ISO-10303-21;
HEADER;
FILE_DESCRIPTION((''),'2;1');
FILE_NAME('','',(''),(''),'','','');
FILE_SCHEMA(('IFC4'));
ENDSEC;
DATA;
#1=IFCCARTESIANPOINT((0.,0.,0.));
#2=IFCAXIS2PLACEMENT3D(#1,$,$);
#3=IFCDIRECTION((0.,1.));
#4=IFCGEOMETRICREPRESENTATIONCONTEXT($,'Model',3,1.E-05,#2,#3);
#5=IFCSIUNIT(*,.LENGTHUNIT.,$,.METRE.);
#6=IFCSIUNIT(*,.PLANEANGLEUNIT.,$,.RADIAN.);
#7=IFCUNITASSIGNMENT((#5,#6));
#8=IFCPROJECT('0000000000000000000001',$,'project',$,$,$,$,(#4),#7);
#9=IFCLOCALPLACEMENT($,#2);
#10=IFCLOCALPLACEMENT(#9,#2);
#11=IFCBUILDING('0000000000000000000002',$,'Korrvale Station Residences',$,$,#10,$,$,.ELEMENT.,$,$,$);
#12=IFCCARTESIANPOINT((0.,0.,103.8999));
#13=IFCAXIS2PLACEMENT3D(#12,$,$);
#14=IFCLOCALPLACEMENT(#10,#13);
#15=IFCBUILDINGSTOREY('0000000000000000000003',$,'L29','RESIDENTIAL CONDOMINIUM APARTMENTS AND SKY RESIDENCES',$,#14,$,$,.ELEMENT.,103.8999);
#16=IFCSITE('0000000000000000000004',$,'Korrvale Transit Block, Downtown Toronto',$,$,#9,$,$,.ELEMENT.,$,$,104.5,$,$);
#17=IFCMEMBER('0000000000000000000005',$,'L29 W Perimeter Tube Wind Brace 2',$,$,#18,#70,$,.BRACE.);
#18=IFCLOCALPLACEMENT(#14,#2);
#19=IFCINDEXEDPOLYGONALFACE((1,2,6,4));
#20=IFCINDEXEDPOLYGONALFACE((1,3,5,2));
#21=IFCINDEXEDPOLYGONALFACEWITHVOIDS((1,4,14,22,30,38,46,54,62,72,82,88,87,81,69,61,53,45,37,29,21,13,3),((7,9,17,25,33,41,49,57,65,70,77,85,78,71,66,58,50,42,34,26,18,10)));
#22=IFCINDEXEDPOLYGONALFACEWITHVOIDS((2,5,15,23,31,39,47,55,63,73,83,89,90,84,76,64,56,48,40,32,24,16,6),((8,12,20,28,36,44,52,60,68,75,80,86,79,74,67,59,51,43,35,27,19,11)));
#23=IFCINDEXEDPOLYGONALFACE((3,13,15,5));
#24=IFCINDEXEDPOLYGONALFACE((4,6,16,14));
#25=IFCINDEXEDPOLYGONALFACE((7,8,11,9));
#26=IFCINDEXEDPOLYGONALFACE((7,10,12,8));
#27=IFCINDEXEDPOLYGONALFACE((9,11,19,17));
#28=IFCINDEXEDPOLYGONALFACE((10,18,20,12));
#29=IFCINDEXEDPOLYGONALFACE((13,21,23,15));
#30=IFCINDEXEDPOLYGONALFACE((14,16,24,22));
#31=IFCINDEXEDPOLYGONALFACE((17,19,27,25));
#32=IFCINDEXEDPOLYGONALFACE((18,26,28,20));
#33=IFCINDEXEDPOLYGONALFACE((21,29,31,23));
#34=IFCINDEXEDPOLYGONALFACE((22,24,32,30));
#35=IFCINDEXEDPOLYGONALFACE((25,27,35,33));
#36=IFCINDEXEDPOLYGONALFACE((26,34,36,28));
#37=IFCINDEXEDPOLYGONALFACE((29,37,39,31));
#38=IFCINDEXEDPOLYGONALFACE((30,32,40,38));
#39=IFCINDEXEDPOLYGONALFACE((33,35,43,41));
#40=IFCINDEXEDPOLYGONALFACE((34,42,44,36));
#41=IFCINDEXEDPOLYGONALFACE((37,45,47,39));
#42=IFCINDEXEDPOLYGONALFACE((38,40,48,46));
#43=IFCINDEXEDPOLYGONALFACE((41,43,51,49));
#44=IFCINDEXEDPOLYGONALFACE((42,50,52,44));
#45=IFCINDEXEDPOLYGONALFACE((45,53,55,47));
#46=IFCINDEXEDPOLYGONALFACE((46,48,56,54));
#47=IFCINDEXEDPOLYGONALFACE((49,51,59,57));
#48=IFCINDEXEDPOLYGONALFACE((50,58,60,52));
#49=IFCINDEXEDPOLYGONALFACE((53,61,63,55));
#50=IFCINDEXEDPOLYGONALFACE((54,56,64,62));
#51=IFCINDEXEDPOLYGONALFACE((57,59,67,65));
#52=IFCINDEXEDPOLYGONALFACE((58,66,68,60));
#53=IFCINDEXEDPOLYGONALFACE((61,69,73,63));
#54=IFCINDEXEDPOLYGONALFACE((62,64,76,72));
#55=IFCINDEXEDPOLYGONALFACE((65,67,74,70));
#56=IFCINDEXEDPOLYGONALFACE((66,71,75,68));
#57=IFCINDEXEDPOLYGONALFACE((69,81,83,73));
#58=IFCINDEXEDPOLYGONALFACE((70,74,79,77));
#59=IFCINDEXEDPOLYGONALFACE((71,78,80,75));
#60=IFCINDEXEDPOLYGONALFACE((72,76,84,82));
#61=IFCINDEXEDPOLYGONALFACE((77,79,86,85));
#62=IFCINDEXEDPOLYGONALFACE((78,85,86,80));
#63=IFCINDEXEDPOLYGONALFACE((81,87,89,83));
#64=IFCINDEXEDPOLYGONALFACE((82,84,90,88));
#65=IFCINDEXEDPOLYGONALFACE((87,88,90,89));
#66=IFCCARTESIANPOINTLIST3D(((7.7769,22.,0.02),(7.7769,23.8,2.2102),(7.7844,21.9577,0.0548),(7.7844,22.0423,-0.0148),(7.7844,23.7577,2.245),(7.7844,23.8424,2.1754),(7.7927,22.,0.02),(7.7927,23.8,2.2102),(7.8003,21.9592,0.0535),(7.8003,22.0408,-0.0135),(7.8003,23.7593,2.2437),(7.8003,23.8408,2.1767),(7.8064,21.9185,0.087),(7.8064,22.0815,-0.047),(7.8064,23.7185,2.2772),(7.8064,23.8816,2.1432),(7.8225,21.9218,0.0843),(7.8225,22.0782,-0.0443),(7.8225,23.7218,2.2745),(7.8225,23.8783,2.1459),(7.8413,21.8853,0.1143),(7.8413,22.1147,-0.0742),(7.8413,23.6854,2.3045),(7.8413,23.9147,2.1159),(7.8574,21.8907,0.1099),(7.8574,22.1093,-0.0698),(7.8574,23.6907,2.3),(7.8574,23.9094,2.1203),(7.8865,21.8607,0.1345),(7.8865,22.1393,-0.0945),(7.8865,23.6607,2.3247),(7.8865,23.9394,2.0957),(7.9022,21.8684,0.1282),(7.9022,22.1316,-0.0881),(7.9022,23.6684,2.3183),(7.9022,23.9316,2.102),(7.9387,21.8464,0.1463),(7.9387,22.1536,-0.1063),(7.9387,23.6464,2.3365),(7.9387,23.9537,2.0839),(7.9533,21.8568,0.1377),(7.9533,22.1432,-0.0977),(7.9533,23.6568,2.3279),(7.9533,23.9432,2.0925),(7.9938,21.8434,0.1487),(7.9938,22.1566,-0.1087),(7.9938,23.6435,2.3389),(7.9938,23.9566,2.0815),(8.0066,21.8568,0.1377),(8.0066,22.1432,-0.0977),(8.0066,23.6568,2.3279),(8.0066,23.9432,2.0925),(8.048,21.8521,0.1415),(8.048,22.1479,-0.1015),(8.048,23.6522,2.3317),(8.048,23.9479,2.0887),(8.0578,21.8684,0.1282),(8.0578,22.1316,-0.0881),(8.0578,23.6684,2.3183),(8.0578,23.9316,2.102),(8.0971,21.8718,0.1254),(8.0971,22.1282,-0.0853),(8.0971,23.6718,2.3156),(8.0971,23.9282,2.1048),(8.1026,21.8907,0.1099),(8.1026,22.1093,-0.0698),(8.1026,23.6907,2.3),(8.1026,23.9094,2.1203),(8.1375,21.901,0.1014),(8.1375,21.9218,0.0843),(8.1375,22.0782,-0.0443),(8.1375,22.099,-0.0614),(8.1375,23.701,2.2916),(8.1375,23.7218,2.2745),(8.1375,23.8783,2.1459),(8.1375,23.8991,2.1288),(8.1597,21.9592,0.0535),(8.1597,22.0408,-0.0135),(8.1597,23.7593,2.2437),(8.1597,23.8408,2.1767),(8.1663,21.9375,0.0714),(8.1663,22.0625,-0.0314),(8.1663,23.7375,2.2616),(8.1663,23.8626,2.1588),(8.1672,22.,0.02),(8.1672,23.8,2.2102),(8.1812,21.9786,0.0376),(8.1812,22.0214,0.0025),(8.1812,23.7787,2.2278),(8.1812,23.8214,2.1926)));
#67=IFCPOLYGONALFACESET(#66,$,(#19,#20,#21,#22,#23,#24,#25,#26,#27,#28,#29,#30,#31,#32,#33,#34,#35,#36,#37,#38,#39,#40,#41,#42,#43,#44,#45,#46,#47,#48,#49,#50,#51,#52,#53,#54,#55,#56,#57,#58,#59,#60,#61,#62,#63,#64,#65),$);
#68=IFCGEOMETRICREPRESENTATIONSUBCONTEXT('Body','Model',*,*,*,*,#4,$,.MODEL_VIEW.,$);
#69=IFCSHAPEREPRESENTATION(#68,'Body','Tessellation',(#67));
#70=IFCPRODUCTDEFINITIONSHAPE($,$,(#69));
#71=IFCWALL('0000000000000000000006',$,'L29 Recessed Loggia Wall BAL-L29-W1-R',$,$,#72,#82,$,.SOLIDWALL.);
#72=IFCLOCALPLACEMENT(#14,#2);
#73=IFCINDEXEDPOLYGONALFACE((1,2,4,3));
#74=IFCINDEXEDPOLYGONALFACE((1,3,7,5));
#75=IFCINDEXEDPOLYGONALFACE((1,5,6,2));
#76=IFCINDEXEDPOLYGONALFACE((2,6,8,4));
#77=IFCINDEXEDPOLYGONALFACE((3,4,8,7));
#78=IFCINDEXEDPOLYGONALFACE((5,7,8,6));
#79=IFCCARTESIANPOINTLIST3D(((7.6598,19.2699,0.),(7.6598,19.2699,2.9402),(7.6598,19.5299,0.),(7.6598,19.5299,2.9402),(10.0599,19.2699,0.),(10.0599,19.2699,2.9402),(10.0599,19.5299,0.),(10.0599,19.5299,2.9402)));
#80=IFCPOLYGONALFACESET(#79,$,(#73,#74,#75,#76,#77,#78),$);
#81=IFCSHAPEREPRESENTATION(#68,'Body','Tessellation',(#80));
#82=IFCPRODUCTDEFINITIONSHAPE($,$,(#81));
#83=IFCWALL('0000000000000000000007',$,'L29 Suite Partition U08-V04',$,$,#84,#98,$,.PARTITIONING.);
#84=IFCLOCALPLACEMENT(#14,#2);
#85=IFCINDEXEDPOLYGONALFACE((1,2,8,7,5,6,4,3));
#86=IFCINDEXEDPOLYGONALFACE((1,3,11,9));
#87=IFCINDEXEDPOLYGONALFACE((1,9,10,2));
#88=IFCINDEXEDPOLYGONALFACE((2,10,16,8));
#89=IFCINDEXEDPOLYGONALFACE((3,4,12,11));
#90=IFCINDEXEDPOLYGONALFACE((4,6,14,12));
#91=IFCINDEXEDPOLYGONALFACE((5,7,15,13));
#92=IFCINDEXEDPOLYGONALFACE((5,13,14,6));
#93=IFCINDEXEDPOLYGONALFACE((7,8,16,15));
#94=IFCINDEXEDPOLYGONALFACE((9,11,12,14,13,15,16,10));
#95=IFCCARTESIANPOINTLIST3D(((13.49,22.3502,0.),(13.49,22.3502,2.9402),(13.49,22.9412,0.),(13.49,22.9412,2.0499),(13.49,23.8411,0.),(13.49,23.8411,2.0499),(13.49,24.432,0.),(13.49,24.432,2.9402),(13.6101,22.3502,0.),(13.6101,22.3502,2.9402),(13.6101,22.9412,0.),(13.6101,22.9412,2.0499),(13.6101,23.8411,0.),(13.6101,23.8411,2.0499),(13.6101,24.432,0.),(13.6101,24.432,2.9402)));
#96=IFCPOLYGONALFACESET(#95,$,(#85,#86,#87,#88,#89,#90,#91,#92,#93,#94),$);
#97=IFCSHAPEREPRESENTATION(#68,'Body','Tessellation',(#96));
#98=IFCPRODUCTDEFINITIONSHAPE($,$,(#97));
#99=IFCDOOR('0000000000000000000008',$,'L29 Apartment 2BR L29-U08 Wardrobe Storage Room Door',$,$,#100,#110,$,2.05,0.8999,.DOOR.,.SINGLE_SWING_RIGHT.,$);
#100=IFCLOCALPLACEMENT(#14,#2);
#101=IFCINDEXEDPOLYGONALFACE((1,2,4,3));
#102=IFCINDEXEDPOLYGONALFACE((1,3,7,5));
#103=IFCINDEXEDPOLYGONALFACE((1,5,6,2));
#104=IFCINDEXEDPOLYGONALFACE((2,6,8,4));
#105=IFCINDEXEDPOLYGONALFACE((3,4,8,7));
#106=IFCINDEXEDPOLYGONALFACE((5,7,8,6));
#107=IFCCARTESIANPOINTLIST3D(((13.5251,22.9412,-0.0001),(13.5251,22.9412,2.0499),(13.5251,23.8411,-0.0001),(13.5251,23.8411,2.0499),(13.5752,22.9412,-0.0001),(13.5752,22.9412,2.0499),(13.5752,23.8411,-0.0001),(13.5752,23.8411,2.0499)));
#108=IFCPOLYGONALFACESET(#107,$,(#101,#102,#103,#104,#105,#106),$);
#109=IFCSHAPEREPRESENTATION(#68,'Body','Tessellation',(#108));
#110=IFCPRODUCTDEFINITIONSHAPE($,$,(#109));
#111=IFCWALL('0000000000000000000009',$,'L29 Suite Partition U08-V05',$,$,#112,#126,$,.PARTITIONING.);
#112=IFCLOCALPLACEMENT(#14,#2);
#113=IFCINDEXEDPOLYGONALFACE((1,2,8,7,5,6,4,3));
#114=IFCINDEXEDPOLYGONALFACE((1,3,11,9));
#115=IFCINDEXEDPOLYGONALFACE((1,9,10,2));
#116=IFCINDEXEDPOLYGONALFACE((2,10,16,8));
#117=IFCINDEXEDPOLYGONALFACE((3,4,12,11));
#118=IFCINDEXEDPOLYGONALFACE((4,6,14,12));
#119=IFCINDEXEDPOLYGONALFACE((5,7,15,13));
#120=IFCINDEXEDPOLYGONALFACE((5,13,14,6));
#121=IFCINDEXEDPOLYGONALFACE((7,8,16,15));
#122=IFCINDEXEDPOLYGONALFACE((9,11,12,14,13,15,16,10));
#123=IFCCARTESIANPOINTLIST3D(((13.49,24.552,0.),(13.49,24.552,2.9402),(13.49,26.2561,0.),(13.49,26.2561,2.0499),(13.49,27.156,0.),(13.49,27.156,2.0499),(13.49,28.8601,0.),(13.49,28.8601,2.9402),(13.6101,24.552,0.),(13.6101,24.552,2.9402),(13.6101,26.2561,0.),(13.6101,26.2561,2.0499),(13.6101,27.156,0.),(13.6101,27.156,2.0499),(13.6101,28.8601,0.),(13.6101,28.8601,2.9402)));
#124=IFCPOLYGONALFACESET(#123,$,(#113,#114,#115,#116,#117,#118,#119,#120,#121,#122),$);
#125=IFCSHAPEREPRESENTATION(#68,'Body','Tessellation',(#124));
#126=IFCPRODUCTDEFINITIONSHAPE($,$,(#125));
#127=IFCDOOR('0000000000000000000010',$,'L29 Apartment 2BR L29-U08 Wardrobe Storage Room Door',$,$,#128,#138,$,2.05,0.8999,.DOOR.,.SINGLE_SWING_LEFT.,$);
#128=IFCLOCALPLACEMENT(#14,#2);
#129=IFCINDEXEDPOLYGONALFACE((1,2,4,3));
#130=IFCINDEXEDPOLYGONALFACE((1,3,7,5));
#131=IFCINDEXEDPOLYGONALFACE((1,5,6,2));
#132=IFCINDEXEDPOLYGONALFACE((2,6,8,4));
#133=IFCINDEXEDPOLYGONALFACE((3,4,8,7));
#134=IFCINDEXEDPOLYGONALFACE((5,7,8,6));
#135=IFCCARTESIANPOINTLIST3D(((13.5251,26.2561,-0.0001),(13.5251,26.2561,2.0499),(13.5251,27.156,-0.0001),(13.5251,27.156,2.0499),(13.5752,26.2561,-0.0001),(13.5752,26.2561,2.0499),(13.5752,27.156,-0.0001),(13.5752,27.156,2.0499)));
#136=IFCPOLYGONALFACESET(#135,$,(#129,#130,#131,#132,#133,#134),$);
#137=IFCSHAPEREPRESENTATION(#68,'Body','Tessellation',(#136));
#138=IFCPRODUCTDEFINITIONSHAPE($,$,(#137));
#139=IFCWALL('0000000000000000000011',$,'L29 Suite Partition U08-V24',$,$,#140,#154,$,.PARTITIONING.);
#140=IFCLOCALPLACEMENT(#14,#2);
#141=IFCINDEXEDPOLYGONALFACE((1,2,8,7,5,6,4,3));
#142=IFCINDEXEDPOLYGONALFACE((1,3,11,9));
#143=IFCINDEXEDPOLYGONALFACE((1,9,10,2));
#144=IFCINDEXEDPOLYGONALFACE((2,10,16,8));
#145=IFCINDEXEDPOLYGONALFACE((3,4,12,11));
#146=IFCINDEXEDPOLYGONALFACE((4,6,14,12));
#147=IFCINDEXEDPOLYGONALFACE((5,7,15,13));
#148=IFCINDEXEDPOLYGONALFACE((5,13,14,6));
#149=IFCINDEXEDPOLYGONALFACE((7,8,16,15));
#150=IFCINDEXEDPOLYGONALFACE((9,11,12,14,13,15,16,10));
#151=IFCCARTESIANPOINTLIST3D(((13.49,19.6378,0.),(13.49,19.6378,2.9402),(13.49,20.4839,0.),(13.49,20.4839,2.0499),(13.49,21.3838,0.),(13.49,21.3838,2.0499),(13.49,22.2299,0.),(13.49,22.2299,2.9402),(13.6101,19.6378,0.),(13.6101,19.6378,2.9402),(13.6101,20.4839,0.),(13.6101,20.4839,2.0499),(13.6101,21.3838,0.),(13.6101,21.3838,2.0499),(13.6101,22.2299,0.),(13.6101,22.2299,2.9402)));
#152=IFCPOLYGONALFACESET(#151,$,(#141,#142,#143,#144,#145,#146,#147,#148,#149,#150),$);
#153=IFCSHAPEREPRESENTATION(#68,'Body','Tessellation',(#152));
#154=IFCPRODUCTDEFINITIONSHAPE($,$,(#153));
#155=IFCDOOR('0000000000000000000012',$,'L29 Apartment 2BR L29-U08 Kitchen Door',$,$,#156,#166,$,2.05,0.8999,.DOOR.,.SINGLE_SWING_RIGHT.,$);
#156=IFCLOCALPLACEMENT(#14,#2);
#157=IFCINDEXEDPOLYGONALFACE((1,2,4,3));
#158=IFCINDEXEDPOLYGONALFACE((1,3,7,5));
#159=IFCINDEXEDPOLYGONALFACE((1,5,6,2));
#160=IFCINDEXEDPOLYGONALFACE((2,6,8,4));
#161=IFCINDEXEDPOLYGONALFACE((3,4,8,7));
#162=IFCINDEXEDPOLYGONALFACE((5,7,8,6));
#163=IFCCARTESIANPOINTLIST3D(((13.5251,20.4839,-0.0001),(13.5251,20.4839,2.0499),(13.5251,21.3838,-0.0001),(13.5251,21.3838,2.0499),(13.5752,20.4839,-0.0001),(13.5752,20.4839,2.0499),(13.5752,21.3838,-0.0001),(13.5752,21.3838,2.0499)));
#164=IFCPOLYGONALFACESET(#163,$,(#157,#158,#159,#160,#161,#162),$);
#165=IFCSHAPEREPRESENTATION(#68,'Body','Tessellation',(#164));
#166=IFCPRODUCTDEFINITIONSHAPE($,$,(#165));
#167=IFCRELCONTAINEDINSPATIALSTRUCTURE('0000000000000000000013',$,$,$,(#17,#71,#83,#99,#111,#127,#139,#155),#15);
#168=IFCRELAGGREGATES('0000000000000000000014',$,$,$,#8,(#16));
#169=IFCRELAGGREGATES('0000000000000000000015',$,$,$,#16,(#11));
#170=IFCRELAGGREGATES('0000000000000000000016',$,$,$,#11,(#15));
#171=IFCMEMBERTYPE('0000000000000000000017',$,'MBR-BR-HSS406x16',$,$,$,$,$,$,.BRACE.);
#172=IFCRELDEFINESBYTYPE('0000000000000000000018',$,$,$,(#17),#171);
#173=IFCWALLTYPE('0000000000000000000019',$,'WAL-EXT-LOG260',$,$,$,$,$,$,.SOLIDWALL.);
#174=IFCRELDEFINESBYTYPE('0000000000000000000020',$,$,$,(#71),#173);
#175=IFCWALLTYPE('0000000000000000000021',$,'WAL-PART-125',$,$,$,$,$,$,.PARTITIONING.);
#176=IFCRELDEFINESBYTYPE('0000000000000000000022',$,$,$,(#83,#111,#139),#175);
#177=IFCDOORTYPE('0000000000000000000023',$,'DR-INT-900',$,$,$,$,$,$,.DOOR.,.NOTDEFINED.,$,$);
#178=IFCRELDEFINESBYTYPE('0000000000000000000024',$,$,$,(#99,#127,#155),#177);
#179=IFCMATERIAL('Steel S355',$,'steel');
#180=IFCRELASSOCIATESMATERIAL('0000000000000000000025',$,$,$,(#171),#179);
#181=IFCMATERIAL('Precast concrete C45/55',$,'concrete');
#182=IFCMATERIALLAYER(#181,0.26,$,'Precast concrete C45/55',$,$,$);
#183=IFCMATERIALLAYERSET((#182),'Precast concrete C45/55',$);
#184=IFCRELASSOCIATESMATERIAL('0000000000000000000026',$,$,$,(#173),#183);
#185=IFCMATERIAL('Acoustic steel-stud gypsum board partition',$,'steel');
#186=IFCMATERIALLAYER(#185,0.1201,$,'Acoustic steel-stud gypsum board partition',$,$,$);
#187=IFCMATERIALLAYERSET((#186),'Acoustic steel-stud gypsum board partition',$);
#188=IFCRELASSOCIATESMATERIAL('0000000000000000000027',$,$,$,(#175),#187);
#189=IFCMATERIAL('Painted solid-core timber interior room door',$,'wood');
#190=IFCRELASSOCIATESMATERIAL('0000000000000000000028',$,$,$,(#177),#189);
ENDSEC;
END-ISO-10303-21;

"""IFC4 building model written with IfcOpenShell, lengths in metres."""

from ifc_helpers import new_model, si_unit, direction, frame, frame_2d, origin, origin_2d, place, context, subcontext, project, spatial, rectangle, hollow_circle, extrude, material, layer, layer_set, material_profile, profile_set, type_object, element, fill, save


model = new_model("IFC4")

# Units and contexts
model_context = context("Model", 3, precision=1e-05, world=origin(), true_north=direction((0.0, 1.0)))
body_context = subcontext(model_context, "Body", "Model", "MODEL_VIEW")
ifc_project = project(units=[si_unit("LENGTHUNIT", "METRE"), si_unit("PLANEANGLEUNIT", "RADIAN")], contexts=[model_context])

# Site, building, storey
site_placement = place(None, origin())
site = spatial("IfcSite", under=ifc_project, at=site_placement, Name="Korrvale Transit Block, Downtown Toronto", CompositionType="ELEMENT", RefElevation=104.5)
building_placement = place(site_placement, origin())
building = spatial("IfcBuilding", under=site, at=building_placement, Name="Korrvale Station Residences", CompositionType="ELEMENT")
storey_placement = place(building_placement, frame((0.0, 0.0, 103.8999)))
storey = spatial("IfcBuildingStorey", under=building, at=storey_placement, Name="L29", Description="RESIDENTIAL CONDOMINIUM APARTMENTS AND SKY RESIDENCES", CompositionType="ELEMENT", Elevation=103.8999)

# Shared definitions
ifc_material_1 = material(Name="Steel S355", Category="steel")

# Member
ifc_material_profile_1 = material_profile(ifc_material_1, hollow_circle(Radius=0.2031, WallThickness=0.0159, at=origin_2d()), Name="HSS406x16")
ifc_profile_set_1 = profile_set([ifc_material_profile_1], Name="Steel S355")
member_type = type_object("IfcMemberType", Name="MBR-BR-HSS406x16", PredefinedType="BRACE", material=ifc_profile_set_1)
for number, where, z_axis, x_axis, name in (
    (1, (7.98, 22.0, 0.02), (0.0, 0.634943, 0.772559), (-1.0, 0.0, 0.0), "L29 W Perimeter Tube Wind Brace 2"),
):
    element("IfcMember", number, at=place(storey_placement, frame(where, z_axis=z_axis, x_axis=x_axis)), inside=storey, type_object=member_type, Name=name, PredefinedType="BRACE", context=body_context, shape_type="SweptSolid", body=[
        extrude(hollow_circle(Radius=0.2031, WallThickness=0.0159, at=origin_2d()), origin(), (0.0, 0.0, 1.0), 2.835),
    ])

# Wall
ifc_material_2 = material(Name="Precast concrete C45/55", Category="concrete")
ifc_layer_1 = layer(ifc_material_2, 0.26, Name="Precast concrete C45/55")
ifc_layer_set_1 = layer_set([ifc_layer_1], Name="Precast concrete C45/55")
wall_type_1 = type_object("IfcWallType", Name="WAL-EXT-LOG260", PredefinedType="SOLIDWALL", material=ifc_layer_set_1)
wall_1_placement = place(storey_placement, frame((10.0601, 19.3999, 0.0), z_axis=(0.0, 0.0, 1.0), x_axis=(-1.0, 0.0, 0.0)))
element("IfcWall", 2, at=wall_1_placement, inside=storey, type_object=wall_type_1, Name="L29 Recessed Loggia Wall BAL-L29-W1-R", PredefinedType="SOLIDWALL", context=body_context, shape_type="SweptSolid", body=[
    extrude(rectangle(XDim=2.4001, YDim=0.26, at=frame_2d((1.2002, 0.0))), origin(), (0.0, 0.0, 1.0), 2.9402),
])

# Walls, openings, doors
ifc_material_3 = material(Name="Acoustic steel-stud gypsum board partition", Category="steel")
ifc_layer_2 = layer(ifc_material_3, 0.1201, Name="Acoustic steel-stud gypsum board partition")
ifc_layer_set_2 = layer_set([ifc_layer_2], Name="Acoustic steel-stud gypsum board partition")
wall_type_2 = type_object("IfcWallType", Name="WAL-PART-125", PredefinedType="PARTITIONING", material=ifc_layer_set_2)
wall_2_placement = place(storey_placement, frame((13.55, 22.3501, 0.0), z_axis=(0.0, 0.0, 1.0), x_axis=(0.0, 1.0, 0.0)))
wall_2 = element("IfcWall", 3, at=wall_2_placement, inside=storey, type_object=wall_type_2, Name="L29 Suite Partition U08-V04", PredefinedType="PARTITIONING", context=body_context, shape_type="SweptSolid", body=[
    extrude(rectangle(XDim=2.0818, YDim=0.1201, at=frame_2d((1.041, 0.0))), origin(), (0.0, 0.0, 1.0), 2.9402),
])
opening_1_placement = place(wall_2_placement, frame((0.5911, 0.0, 0.0)))
opening_1 = element("IfcOpeningElement", 4, at=opening_1_placement, cuts=wall_2, PredefinedType="OPENING", context=body_context, shape_type="SweptSolid", body=[
    extrude(rectangle(XDim=0.8999, YDim=2.05, at=frame_2d((0.45, 1.0249))), frame((0.0, 0.0701, 0.0), z_axis=(0.0, -1.0, 0.0), x_axis=(1.0, 0.0, 0.0)), (0.0, 0.0, 1.0), 0.1401),
])
ifc_material_4 = material(Name="Painted solid-core timber interior room door", Category="wood")
door_type = type_object("IfcDoorType", Name="DR-INT-900", OperationType="NOTDEFINED", PredefinedType="DOOR", material=ifc_material_4)
door_1_placement = place(opening_1_placement, origin())
door_1 = element("IfcDoor", 5, at=door_1_placement, inside=storey, type_object=door_type, Name="L29 Apartment 2BR L29-U08 Wardrobe Storage Room Door", OperationType="SINGLE_SWING_RIGHT", OverallHeight=2.05, OverallWidth=0.8999, PredefinedType="DOOR", context=body_context, shape_type="SweptSolid", body=[
    extrude(rectangle(XDim=0.8999, YDim=2.05, at=frame_2d((0.45, 1.0249))), frame((0.0, 0.0249, 0.0), z_axis=(0.0, -1.0, 0.0), x_axis=(1.0, 0.0, 0.0)), (0.0, 0.0, 1.0), 0.05),
])
fill(opening_1, door_1)
wall_3_placement = place(storey_placement, frame((13.55, 24.552, 0.0), z_axis=(0.0, 0.0, 1.0), x_axis=(0.0, 1.0, 0.0)))
wall_3 = element("IfcWall", 6, at=wall_3_placement, inside=storey, type_object=wall_type_2, Name="L29 Suite Partition U08-V05", PredefinedType="PARTITIONING", context=body_context, shape_type="SweptSolid", body=[
    extrude(rectangle(XDim=4.3081, YDim=0.1201, at=frame_2d((2.1541, 0.0))), origin(), (0.0, 0.0, 1.0), 2.9402),
])
opening_2_placement = place(wall_3_placement, frame((1.7041, 0.0, 0.0)))
opening_2 = element("IfcOpeningElement", 7, at=opening_2_placement, cuts=wall_3, PredefinedType="OPENING", context=body_context, shape_type="SweptSolid", body=[
    extrude(rectangle(XDim=0.8999, YDim=2.05, at=frame_2d((0.45, 1.0249))), frame((0.0, 0.0701, 0.0), z_axis=(0.0, -1.0, 0.0), x_axis=(1.0, 0.0, 0.0)), (0.0, 0.0, 1.0), 0.1401),
])
door_2_placement = place(opening_2_placement, origin())
door_2 = element("IfcDoor", 8, at=door_2_placement, inside=storey, type_object=door_type, Name="L29 Apartment 2BR L29-U08 Wardrobe Storage Room Door", OperationType="SINGLE_SWING_LEFT", OverallHeight=2.05, OverallWidth=0.8999, PredefinedType="DOOR", context=body_context, shape_type="SweptSolid", body=[
    extrude(rectangle(XDim=0.8999, YDim=2.05, at=frame_2d((0.45, 1.0249))), frame((0.0, 0.0249, 0.0), z_axis=(0.0, -1.0, 0.0), x_axis=(1.0, 0.0, 0.0)), (0.0, 0.0, 1.0), 0.05),
])
fill(opening_2, door_2)
wall_4_placement = place(storey_placement, frame((13.55, 19.6379, 0.0), z_axis=(0.0, 0.0, 1.0), x_axis=(0.0, 1.0, 0.0)))
wall_4 = element("IfcWall", 9, at=wall_4_placement, inside=storey, type_object=wall_type_2, Name="L29 Suite Partition U08-V24", PredefinedType="PARTITIONING", context=body_context, shape_type="SweptSolid", body=[
    extrude(rectangle(XDim=2.592, YDim=0.1201, at=frame_2d((1.2959, 0.0))), origin(), (0.0, 0.0, 1.0), 2.9402),
])
opening_3_placement = place(wall_4_placement, frame((0.8459, 0.0, 0.0)))
opening_3 = element("IfcOpeningElement", 10, at=opening_3_placement, cuts=wall_4, PredefinedType="OPENING", context=body_context, shape_type="SweptSolid", body=[
    extrude(rectangle(XDim=0.8999, YDim=2.05, at=frame_2d((0.45, 1.0249))), frame((0.0, 0.0701, 0.0), z_axis=(0.0, -1.0, 0.0), x_axis=(1.0, 0.0, 0.0)), (0.0, 0.0, 1.0), 0.1401),
])
door_3_placement = place(opening_3_placement, origin())
door_3 = element("IfcDoor", 11, at=door_3_placement, inside=storey, type_object=door_type, Name="L29 Apartment 2BR L29-U08 Kitchen Door", OperationType="SINGLE_SWING_RIGHT", OverallHeight=2.05, OverallWidth=0.8999, PredefinedType="DOOR", context=body_context, shape_type="SweptSolid", body=[
    extrude(rectangle(XDim=0.8999, YDim=2.05, at=frame_2d((0.45, 1.0249))), frame((0.0, 0.0249, 0.0), z_axis=(0.0, -1.0, 0.0), x_axis=(1.0, 0.0, 0.0)), (0.0, 0.0, 1.0), 0.05),
])
fill(opening_3, door_3)

save(model, "model.ifc")
